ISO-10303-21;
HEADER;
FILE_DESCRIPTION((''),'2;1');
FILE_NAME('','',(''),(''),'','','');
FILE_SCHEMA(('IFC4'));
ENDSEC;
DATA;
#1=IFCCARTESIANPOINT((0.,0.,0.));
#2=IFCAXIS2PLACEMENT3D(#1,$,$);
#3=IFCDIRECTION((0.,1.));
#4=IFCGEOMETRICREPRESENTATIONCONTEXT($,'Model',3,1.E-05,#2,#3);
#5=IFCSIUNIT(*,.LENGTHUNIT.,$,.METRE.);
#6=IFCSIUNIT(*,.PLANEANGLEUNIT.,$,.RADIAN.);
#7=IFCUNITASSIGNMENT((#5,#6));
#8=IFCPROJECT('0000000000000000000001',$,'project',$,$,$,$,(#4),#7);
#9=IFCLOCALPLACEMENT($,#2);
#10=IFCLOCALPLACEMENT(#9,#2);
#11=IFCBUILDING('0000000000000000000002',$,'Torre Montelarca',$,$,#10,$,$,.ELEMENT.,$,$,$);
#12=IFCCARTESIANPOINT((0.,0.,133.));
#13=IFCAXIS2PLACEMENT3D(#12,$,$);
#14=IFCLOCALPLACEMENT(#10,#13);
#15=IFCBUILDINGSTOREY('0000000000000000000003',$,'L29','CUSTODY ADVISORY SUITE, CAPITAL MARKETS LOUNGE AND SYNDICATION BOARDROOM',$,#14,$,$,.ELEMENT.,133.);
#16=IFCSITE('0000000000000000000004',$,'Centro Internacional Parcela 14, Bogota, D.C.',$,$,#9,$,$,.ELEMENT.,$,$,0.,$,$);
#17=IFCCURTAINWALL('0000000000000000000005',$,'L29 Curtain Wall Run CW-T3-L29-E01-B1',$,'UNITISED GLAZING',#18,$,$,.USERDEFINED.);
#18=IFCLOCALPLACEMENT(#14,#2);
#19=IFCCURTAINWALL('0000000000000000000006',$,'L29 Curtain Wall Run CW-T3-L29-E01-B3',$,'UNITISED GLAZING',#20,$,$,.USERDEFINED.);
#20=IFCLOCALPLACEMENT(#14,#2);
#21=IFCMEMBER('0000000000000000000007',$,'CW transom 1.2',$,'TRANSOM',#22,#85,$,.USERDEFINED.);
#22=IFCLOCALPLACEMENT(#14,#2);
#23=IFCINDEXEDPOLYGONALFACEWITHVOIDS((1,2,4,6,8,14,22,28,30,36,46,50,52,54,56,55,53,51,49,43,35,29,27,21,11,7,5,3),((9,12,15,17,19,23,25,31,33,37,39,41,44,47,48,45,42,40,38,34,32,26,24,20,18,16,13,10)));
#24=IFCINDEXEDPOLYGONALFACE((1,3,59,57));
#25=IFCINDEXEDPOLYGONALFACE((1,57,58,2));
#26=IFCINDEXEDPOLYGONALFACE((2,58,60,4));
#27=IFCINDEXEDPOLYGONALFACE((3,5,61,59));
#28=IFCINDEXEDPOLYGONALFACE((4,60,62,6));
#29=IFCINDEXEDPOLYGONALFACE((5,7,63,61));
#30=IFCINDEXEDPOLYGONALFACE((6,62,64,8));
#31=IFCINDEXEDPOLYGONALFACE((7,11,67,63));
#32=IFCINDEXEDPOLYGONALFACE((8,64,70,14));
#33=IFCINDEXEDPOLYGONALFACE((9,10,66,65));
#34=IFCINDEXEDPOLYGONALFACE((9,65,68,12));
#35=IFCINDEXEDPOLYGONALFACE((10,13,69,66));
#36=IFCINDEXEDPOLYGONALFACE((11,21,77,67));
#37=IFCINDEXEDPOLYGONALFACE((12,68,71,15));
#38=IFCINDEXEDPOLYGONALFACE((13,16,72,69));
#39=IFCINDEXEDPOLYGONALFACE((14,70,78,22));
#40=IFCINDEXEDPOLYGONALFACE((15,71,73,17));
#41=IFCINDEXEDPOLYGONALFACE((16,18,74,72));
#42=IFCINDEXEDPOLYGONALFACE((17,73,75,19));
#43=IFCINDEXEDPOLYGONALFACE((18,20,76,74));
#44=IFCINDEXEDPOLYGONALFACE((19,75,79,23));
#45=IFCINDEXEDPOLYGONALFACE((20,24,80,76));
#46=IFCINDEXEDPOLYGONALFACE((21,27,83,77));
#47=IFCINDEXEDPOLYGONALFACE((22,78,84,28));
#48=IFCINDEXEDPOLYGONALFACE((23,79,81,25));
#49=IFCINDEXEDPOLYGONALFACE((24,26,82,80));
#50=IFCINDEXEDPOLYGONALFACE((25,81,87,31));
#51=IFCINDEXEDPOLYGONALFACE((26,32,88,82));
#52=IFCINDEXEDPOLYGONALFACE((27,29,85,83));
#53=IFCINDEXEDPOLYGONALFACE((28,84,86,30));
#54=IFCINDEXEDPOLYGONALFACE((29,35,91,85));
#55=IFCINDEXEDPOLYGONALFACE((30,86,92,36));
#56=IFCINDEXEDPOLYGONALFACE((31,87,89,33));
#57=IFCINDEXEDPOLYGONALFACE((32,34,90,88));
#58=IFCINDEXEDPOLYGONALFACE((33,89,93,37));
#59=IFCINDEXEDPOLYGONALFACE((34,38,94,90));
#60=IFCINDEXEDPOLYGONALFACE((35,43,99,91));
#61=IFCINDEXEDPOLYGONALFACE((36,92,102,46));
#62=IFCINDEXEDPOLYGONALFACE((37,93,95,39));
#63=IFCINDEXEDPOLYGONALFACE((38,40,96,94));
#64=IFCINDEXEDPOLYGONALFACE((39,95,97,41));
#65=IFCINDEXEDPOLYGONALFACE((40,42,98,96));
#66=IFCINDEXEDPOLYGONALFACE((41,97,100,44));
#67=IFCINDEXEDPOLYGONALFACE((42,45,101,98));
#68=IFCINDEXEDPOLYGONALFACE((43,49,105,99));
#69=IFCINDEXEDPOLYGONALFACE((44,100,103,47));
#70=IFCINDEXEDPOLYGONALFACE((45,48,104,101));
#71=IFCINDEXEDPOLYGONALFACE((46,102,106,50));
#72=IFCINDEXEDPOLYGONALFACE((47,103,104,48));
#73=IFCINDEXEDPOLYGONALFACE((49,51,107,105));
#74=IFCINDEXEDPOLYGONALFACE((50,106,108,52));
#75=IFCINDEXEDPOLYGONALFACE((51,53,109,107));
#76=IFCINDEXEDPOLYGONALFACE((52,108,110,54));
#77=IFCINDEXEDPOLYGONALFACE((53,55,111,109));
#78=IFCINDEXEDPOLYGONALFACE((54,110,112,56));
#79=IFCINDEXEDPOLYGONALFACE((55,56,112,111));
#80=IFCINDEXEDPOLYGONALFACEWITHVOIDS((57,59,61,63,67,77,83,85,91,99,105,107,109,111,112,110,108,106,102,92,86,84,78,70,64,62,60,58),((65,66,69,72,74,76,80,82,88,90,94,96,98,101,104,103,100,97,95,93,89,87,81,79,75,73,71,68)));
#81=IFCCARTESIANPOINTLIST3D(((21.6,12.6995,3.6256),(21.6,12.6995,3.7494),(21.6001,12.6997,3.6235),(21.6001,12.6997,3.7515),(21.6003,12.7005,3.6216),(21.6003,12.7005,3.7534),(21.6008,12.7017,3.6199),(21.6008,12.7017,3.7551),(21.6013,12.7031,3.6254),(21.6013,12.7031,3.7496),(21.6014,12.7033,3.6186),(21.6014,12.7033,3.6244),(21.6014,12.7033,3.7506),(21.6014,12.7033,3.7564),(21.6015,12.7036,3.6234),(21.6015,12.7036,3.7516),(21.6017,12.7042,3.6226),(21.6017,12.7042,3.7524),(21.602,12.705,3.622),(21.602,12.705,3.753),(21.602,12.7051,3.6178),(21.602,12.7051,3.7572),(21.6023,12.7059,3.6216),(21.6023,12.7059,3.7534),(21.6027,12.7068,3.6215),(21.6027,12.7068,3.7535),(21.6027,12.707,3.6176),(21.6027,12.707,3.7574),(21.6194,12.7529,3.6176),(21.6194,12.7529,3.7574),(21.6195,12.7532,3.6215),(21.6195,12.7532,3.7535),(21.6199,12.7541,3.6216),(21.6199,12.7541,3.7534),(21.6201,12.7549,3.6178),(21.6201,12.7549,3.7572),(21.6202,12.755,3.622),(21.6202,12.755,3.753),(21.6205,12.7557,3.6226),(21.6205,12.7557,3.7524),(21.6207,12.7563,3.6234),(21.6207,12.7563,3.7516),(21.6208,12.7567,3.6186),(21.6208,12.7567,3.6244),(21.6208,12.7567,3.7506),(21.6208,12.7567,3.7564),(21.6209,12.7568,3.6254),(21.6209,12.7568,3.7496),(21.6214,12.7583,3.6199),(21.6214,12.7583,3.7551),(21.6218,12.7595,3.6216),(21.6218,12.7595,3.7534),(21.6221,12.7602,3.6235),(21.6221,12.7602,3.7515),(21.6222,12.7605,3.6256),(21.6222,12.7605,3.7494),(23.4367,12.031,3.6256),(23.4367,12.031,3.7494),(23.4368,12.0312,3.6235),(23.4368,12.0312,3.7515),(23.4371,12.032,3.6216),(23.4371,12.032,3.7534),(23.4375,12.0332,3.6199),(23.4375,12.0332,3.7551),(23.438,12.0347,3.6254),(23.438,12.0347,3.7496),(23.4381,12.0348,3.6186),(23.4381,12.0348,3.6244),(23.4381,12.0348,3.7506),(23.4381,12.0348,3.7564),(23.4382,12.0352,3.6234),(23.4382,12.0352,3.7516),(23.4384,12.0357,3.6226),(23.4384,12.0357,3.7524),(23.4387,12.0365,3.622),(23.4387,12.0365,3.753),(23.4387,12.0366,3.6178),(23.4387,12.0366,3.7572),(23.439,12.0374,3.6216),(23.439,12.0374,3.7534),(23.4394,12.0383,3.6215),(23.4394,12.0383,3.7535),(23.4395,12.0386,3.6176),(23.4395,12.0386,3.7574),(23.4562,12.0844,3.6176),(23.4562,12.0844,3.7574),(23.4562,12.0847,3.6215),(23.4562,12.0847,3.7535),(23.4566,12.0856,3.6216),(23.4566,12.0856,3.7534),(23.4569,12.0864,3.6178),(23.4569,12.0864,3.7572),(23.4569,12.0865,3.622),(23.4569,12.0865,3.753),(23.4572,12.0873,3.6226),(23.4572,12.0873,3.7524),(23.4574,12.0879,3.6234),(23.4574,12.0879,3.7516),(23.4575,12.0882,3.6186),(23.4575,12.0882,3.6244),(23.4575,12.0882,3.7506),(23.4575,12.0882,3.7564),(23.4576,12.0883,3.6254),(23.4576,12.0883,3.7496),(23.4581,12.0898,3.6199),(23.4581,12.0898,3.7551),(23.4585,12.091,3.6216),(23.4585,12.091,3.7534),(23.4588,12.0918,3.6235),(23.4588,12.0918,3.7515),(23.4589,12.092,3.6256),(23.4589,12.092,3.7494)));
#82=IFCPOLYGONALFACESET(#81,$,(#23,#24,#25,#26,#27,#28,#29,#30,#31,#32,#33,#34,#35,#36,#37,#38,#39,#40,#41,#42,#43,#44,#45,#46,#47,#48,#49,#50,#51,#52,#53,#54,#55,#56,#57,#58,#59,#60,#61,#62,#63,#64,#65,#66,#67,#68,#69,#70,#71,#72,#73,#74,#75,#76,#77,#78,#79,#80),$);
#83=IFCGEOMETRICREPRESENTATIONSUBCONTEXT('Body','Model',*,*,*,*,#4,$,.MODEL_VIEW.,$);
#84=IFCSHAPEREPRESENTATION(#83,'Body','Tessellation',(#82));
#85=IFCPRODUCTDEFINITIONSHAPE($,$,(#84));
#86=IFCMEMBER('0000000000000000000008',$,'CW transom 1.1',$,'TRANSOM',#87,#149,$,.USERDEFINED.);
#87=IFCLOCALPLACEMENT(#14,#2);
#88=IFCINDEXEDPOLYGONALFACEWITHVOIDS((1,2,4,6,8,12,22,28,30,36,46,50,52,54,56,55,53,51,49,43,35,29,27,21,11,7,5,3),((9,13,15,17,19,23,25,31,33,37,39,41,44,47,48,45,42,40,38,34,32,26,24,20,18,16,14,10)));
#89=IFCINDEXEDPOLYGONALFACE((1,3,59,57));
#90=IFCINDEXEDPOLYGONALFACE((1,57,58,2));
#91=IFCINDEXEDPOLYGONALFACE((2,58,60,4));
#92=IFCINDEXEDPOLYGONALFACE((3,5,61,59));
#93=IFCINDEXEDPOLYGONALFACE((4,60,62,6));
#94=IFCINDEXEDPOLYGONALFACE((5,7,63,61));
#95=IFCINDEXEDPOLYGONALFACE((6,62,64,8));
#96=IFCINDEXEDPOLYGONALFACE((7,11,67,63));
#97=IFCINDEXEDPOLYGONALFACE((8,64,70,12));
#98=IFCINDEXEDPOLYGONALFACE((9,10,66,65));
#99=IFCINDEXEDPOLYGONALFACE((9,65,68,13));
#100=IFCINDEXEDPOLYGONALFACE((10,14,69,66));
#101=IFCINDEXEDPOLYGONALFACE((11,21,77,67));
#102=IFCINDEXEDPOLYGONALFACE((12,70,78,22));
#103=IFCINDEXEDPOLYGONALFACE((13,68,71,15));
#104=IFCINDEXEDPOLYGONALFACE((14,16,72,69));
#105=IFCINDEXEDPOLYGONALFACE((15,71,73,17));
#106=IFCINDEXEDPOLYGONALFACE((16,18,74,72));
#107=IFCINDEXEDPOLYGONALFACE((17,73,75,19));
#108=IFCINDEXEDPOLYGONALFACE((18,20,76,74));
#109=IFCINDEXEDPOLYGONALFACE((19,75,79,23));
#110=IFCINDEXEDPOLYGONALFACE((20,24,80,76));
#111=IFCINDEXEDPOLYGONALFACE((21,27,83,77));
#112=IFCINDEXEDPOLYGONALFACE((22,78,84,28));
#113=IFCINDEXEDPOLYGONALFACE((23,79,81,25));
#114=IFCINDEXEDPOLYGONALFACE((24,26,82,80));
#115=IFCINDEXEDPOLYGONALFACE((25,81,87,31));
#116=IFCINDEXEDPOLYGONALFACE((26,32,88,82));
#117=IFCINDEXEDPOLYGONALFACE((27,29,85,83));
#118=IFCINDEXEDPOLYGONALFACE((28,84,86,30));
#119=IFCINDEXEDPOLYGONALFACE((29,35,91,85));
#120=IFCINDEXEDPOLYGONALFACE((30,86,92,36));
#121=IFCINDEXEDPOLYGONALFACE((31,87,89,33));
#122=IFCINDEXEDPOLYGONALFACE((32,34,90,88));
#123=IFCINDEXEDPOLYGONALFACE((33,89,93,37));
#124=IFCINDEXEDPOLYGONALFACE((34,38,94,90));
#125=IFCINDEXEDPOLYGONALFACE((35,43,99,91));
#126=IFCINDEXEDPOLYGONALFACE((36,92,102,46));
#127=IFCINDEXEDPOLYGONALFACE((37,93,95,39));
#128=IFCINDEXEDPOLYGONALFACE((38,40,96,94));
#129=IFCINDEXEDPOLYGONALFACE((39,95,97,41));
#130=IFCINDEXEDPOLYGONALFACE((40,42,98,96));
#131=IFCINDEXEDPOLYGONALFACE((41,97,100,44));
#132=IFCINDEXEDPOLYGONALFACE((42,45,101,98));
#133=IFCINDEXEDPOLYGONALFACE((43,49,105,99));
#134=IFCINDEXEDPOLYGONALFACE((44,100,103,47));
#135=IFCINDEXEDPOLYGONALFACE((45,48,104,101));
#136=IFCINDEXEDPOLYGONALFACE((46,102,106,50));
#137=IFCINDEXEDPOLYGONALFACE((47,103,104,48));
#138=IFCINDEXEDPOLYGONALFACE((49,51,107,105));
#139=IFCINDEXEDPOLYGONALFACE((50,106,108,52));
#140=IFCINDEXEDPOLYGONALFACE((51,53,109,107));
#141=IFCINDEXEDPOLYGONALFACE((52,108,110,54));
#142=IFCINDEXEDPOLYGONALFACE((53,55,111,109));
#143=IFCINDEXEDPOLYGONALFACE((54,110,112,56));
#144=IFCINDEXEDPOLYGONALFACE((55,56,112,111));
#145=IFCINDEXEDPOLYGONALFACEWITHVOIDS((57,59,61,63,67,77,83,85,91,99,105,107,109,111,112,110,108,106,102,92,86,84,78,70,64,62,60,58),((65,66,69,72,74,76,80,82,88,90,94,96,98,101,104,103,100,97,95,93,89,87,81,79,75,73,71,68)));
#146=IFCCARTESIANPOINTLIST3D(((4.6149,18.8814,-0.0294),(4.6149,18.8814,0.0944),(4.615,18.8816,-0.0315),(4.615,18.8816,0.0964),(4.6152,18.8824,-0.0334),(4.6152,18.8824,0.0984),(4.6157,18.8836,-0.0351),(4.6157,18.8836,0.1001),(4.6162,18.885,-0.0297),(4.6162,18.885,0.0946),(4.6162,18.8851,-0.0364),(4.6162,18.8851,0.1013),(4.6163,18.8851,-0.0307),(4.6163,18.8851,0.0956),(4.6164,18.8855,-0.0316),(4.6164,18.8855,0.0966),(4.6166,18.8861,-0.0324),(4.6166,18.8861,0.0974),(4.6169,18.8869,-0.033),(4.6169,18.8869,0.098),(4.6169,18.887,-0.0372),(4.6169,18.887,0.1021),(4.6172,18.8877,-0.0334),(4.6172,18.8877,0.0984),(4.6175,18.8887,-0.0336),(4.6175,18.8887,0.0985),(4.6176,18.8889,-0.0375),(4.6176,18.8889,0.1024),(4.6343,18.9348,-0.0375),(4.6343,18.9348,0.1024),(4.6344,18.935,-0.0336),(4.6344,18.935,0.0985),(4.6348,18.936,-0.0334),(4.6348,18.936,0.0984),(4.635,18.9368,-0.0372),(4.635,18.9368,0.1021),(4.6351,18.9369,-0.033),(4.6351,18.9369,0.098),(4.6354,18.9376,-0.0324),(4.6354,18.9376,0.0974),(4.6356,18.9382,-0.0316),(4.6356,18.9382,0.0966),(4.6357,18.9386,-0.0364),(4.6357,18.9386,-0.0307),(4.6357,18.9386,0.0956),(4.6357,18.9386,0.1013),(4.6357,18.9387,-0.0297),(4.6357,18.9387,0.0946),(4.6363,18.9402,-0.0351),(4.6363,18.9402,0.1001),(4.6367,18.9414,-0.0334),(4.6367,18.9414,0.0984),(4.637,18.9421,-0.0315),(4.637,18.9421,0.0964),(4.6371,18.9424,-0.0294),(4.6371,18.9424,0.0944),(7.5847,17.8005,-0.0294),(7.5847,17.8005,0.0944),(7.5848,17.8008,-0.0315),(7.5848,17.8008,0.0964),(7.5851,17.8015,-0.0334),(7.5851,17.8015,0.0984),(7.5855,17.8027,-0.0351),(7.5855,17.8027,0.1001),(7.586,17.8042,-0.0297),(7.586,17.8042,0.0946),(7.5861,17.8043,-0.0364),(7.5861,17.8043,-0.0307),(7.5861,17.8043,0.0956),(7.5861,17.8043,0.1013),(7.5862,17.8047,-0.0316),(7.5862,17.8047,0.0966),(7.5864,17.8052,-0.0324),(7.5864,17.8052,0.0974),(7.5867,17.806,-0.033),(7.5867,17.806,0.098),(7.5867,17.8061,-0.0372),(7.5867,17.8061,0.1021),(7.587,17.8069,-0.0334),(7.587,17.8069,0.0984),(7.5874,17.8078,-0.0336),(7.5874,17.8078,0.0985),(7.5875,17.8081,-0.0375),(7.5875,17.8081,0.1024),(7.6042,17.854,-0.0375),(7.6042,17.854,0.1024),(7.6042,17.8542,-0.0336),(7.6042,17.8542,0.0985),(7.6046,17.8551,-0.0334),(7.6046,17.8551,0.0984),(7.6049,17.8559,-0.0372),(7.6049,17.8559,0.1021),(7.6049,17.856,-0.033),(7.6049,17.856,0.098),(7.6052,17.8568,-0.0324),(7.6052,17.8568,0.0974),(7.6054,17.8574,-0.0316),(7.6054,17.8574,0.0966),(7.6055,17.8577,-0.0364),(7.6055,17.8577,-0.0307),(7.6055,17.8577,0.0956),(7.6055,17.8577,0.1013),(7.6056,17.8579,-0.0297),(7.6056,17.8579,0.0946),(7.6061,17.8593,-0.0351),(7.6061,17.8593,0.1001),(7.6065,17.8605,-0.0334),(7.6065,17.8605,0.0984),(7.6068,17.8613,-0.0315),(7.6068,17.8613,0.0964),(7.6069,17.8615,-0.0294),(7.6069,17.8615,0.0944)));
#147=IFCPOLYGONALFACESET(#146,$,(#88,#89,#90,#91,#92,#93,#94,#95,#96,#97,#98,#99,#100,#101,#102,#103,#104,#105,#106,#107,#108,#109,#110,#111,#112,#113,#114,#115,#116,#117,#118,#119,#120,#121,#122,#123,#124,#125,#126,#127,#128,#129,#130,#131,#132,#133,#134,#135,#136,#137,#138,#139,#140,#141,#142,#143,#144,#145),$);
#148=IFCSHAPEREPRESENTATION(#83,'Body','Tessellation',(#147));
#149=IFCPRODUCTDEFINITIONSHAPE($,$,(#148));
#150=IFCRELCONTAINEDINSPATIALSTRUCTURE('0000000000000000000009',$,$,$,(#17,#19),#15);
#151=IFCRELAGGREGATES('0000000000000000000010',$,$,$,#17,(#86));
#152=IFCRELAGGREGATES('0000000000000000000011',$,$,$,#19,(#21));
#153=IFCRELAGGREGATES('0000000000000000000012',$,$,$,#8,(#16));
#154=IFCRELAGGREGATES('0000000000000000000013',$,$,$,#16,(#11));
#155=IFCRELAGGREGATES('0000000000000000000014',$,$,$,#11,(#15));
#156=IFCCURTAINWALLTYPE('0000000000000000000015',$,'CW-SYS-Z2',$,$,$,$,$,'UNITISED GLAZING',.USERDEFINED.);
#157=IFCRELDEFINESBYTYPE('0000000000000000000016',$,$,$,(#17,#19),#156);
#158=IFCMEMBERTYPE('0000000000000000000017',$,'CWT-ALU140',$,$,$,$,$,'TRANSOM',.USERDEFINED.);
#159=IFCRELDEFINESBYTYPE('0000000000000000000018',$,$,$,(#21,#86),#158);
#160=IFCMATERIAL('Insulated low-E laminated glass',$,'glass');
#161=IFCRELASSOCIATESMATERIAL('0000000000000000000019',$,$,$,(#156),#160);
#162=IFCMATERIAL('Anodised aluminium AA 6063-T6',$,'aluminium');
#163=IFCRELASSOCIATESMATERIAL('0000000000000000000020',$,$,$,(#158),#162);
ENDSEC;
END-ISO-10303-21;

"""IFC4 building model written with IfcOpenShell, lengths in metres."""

from ifc_helpers import new_model, si_unit, direction, frame, origin, origin_2d, place, context, subcontext, project, spatial, hollow_rectangle, extrude, source, transform, mapped, material, material_profile, profile_set, type_object, element, aggregate, save


model = new_model("IFC4")

# Units and contexts
model_context = context("Model", 3, precision=1e-05, world=origin(), true_north=direction((0.0, 1.0)))
body_context = subcontext(model_context, "Body", "Model", "MODEL_VIEW")
ifc_project = project(units=[si_unit("LENGTHUNIT", "METRE"), si_unit("PLANEANGLEUNIT", "RADIAN")], contexts=[model_context])

# Site, building, storey
site_placement = place(None, origin())
site = spatial("IfcSite", under=ifc_project, at=site_placement, Name="Centro Internacional Parcela 14, Bogota, D.C.", CompositionType="ELEMENT", RefElevation=0.0)
building_placement = place(site_placement, origin())
building = spatial("IfcBuilding", under=site, at=building_placement, Name="Torre Montelarca", CompositionType="ELEMENT")
storey_placement = place(building_placement, frame((0.0, 0.0, 133.0)))
storey = spatial("IfcBuildingStorey", under=building, at=storey_placement, Name="L29", Description="CUSTODY ADVISORY SUITE, CAPITAL MARKETS LOUNGE AND SYNDICATION BOARDROOM", CompositionType="ELEMENT", Elevation=133.0)

# Curtain walls, member
ifc_material_1 = material(Name="Insulated low-E laminated glass", Category="glass")
curtain_wall_type = type_object("IfcCurtainWallType", Name="CW-SYS-Z2", ElementType="UNITISED GLAZING", PredefinedType="USERDEFINED", material=ifc_material_1)
curtain_wall_1_placement = place(storey_placement, origin())
curtain_wall_1 = element("IfcCurtainWall", 1, at=curtain_wall_1_placement, inside=storey, type_object=curtain_wall_type, Name="L29 Curtain Wall Run CW-T3-L29-E01-B1", ObjectType="UNITISED GLAZING", PredefinedType="USERDEFINED")
ifc_material_2 = material(Name="Anodised aluminium AA 6063-T6", Category="aluminium")
curtain_wall_2_placement = place(storey_placement, origin())
curtain_wall_2 = element("IfcCurtainWall", 2, at=curtain_wall_2_placement, inside=storey, type_object=curtain_wall_type, Name="L29 Curtain Wall Run CW-T3-L29-E01-B3", ObjectType="UNITISED GLAZING", PredefinedType="USERDEFINED")
ifc_material_profile_1 = material_profile(ifc_material_2, hollow_rectangle(XDim=0.0649, YDim=0.1399, WallThickness=0.0039, InnerFilletRadius=0.0039, OuterFilletRadius=0.0081, at=origin_2d()), Name="ALU65X140X4", Category="aluminium")
ifc_profile_set_1 = profile_set([ifc_material_profile_1], Name="Anodised aluminium AA 6063-T6")
member_type_1 = type_object("IfcMemberType", Name="CWT-ALU140", ElementType="TRANSOM", PredefinedType="USERDEFINED", material=ifc_profile_set_1)
shared_shape_1 = source(origin(), body_context, "Body", "SweptSolid", [
    extrude(hollow_rectangle(XDim=0.0649, YDim=0.1399, WallThickness=0.0039, InnerFilletRadius=0.0039, OuterFilletRadius=0.0081, at=origin_2d()), origin(), (0.0, 0.0, 1.0), 1.9546),
])
member_1_placement = place(storey_placement, frame((21.6111, 12.73, 3.6875), z_axis=(0.939699, -0.342004, 0.0), x_axis=(0.342004, 0.939699, 0.0)))
member_1 = element("IfcMember", 3, at=member_1_placement, type_object=member_type_1, Name="CW transom 1.2", ObjectType="TRANSOM", PredefinedType="USERDEFINED", context=body_context, shape_type="MappedRepresentation", body=[
    mapped(shared_shape_1, transform((0.0, 0.0, 0.0), scale=1.0)),
])

# Member
shared_shape_2 = source(origin(), body_context, "Body", "SweptSolid", [
    extrude(hollow_rectangle(XDim=0.0649, YDim=0.1399, WallThickness=0.0039, InnerFilletRadius=0.0039, OuterFilletRadius=0.0081, at=origin_2d()), origin(), (0.0, 0.0, 1.0), 3.1604),
])
member_2_placement = place(storey_placement, frame((4.626, 18.9119, 0.0325), z_axis=(0.939701, -0.341997, 0.0), x_axis=(0.341997, 0.939701, 0.0)))
member_2 = element("IfcMember", 4, at=member_2_placement, type_object=member_type_1, Name="CW transom 1.1", ObjectType="TRANSOM", PredefinedType="USERDEFINED", context=body_context, shape_type="MappedRepresentation", body=[
    mapped(shared_shape_2, transform((0.0, 0.0, 0.0), scale=1.0)),
])

aggregate(curtain_wall_1, [member_2])
aggregate(curtain_wall_2, [member_1])

save(model, "model.ifc")
